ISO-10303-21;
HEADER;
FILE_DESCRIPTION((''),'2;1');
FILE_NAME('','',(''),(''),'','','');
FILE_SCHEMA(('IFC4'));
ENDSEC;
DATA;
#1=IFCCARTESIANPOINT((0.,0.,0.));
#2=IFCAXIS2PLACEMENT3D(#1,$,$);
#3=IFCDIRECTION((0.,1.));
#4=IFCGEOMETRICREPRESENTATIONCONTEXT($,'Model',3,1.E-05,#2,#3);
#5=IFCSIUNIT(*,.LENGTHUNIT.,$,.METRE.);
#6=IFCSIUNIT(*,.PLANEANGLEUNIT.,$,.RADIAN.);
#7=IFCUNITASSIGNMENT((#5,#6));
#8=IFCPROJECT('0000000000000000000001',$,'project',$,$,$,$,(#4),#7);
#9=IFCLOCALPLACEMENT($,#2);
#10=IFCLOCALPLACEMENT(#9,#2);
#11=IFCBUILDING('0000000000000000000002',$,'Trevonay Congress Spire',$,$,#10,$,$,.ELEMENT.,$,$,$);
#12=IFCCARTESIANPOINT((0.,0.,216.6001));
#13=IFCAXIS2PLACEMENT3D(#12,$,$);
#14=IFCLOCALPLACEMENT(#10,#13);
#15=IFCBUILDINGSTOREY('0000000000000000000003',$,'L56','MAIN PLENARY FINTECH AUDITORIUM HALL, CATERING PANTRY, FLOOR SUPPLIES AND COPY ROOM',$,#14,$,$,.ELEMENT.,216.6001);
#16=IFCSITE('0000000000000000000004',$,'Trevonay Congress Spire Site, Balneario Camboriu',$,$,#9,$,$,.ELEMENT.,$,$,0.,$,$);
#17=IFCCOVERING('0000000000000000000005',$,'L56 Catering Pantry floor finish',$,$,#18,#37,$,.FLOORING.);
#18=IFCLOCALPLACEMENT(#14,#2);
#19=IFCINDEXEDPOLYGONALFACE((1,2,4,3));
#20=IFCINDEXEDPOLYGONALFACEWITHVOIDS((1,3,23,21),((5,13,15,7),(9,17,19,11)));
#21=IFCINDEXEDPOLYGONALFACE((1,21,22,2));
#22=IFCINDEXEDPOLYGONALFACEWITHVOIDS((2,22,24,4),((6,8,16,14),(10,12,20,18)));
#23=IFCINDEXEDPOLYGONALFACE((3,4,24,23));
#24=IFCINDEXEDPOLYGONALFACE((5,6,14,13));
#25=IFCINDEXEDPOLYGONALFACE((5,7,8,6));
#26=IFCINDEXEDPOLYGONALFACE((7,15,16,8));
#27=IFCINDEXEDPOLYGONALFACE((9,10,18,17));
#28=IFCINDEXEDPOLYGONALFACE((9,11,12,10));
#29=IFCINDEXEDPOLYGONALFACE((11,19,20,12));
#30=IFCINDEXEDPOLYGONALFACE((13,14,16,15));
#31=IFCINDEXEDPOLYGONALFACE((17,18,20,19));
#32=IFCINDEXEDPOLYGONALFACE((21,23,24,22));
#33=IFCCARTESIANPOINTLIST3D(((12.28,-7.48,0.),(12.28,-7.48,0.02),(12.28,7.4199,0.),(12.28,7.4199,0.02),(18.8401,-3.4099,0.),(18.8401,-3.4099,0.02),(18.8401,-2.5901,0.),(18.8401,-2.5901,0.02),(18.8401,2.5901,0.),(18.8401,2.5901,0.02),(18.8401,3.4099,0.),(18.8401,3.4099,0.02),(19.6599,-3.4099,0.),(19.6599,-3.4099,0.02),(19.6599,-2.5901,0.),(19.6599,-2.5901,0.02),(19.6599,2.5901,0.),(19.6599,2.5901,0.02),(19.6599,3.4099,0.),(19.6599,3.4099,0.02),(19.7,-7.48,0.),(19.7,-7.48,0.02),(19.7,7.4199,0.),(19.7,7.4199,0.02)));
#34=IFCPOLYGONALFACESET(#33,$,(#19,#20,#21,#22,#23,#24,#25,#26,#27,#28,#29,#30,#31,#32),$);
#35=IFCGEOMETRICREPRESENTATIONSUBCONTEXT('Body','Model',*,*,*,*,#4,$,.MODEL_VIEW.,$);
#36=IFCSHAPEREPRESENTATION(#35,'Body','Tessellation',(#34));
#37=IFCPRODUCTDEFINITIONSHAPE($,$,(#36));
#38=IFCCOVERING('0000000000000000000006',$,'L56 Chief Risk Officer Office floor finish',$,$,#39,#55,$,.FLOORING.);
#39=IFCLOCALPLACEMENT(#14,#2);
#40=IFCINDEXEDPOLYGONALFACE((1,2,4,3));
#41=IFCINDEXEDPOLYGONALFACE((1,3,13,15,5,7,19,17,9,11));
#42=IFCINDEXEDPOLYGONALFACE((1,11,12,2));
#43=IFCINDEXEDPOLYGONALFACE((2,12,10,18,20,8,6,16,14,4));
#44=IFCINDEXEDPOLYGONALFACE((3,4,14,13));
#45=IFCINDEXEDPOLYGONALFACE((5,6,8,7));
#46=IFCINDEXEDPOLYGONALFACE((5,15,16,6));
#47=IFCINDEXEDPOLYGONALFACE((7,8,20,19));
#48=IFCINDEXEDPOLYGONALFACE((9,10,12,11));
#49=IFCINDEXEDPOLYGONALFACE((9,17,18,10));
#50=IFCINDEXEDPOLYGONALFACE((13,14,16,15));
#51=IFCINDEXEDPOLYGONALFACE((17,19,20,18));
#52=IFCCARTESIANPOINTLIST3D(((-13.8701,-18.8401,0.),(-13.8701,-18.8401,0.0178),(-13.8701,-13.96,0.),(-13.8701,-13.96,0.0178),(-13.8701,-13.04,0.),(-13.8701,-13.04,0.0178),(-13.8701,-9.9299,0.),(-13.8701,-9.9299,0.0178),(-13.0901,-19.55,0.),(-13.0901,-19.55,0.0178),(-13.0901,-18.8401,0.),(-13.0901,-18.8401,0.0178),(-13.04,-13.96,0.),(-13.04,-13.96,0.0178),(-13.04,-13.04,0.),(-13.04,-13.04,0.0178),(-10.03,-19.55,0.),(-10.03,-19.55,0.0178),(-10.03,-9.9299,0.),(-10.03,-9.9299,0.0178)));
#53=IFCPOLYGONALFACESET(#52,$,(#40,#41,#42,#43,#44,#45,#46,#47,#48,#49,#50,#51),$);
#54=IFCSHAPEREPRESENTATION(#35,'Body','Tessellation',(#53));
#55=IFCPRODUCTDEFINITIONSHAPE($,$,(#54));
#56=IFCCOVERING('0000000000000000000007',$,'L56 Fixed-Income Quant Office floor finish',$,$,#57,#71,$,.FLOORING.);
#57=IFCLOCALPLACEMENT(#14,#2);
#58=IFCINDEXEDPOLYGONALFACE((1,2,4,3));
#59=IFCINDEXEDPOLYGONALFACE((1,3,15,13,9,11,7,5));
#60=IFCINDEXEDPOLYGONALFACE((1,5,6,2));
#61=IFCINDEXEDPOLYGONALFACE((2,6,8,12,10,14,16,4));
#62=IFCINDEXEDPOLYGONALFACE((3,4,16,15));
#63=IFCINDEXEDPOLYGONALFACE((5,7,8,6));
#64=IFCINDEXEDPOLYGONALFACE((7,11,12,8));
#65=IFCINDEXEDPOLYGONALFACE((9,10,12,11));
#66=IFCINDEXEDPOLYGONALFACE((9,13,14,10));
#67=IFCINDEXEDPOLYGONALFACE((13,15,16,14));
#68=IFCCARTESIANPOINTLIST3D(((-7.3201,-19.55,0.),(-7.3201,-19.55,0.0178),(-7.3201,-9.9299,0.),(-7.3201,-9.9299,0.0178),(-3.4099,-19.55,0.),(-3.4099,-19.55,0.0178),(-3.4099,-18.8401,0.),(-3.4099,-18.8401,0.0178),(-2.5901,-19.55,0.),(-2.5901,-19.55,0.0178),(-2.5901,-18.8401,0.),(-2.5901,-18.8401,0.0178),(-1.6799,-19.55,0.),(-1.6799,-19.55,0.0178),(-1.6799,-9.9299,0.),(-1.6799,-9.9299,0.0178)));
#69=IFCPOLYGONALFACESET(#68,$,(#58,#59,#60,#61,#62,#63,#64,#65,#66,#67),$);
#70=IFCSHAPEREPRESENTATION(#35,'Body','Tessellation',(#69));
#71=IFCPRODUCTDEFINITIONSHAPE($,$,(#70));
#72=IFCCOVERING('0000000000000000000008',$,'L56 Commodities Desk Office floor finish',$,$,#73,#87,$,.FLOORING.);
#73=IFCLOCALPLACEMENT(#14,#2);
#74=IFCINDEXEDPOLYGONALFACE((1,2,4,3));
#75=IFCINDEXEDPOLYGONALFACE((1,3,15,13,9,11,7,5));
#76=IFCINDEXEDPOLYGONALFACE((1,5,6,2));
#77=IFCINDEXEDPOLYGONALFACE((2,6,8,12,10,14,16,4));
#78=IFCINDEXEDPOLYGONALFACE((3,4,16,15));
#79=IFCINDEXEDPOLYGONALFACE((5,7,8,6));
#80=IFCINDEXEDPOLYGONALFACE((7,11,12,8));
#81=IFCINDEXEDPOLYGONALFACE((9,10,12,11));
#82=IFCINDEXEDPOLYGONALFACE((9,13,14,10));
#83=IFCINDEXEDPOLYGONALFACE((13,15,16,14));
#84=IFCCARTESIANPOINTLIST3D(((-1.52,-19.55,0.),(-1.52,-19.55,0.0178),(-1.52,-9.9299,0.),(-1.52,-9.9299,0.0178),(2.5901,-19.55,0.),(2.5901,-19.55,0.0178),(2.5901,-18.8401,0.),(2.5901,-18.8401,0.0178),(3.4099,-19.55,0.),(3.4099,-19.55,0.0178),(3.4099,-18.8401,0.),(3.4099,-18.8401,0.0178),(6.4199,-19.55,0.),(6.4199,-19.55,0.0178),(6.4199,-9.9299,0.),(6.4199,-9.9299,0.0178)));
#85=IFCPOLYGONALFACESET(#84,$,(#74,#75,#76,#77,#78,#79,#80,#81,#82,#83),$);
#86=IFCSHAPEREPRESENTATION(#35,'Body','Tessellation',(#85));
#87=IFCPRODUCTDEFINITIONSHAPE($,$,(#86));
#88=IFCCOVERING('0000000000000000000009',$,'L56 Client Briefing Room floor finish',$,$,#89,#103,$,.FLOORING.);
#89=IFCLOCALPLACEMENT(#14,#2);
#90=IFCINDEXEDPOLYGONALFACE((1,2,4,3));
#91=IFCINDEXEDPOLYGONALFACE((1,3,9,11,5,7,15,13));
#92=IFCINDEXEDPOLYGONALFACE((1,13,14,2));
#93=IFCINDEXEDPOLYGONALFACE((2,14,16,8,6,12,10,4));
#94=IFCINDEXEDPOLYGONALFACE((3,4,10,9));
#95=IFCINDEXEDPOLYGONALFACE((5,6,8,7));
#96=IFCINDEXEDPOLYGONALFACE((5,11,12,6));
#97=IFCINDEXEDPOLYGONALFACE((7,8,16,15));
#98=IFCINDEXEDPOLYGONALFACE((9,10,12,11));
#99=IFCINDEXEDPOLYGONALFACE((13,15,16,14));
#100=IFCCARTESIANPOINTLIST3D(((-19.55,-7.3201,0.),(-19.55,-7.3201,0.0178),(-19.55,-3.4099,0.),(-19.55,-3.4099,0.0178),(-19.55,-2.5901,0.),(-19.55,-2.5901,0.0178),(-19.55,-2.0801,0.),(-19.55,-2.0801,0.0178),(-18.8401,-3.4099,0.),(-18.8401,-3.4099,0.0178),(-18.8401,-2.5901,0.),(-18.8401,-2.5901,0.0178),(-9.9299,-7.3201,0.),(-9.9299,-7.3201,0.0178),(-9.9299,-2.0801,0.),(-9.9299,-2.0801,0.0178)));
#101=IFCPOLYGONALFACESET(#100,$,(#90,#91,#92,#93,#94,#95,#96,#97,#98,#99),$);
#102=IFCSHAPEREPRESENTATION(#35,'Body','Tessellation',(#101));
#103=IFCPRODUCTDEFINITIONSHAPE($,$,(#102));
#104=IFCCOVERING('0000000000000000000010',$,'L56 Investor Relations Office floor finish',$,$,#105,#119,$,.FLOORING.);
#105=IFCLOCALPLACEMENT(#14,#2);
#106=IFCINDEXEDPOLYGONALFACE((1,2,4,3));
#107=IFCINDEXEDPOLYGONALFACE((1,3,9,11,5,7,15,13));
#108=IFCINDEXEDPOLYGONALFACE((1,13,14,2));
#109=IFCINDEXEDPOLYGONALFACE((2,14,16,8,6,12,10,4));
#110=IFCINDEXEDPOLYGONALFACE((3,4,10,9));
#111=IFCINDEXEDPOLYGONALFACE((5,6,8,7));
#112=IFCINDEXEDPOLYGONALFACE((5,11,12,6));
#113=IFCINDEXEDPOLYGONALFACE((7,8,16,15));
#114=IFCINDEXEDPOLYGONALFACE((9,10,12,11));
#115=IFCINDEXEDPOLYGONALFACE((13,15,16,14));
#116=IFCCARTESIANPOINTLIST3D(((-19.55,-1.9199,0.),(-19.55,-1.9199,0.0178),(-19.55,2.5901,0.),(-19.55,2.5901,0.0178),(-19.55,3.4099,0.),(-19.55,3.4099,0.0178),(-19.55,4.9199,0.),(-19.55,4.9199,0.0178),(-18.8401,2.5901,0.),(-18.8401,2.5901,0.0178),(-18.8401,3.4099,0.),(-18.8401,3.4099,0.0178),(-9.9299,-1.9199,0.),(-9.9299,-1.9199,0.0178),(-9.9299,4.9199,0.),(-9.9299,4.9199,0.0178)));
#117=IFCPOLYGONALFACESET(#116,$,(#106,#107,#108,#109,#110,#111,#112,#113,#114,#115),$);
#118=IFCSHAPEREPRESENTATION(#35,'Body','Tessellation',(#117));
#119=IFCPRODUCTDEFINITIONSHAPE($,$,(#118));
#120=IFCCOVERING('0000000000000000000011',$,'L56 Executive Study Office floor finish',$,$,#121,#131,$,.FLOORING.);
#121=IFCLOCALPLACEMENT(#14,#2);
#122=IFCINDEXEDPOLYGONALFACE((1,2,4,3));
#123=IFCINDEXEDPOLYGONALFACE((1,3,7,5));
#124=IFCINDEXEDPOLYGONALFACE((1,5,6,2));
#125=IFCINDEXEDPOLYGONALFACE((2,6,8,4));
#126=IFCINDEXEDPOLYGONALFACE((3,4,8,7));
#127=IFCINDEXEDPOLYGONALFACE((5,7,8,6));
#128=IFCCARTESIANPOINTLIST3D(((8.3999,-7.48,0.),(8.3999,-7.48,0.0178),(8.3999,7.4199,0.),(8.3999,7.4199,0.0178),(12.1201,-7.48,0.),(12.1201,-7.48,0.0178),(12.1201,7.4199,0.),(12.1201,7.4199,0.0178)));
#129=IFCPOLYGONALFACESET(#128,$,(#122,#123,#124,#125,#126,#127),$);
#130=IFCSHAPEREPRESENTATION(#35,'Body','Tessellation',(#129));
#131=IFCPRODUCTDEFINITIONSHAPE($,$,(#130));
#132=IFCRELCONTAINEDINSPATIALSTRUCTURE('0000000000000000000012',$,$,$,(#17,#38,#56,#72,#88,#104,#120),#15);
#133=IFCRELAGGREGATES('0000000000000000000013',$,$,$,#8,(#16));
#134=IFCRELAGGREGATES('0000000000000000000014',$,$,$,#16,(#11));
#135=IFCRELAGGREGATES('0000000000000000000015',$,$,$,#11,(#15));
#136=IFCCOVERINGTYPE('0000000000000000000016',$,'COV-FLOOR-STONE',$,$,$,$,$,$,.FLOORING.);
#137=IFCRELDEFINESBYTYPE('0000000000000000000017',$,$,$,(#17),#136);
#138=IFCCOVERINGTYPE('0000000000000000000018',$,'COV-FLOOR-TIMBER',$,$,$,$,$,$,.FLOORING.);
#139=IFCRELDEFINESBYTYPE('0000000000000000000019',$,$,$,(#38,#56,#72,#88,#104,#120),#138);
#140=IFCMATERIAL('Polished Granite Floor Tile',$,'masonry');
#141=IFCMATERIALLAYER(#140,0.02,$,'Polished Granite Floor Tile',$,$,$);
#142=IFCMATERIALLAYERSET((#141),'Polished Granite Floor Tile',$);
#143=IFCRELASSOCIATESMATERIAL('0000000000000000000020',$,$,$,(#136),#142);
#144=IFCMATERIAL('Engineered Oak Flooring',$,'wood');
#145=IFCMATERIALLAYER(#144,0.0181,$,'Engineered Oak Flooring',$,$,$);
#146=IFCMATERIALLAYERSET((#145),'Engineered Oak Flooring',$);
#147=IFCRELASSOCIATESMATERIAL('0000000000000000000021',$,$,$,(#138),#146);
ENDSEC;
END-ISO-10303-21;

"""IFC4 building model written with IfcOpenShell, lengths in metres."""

from ifc_helpers import new_model, si_unit, direction, frame, origin, place, context, subcontext, project, spatial, polyline, outline, extrude, material, layer, layer_set, type_object, element, save


model = new_model("IFC4")

# Units and contexts
model_context = context("Model", 3, precision=1e-05, world=origin(), true_north=direction((0.0, 1.0)))
body_context = subcontext(model_context, "Body", "Model", "MODEL_VIEW")
ifc_project = project(units=[si_unit("LENGTHUNIT", "METRE"), si_unit("PLANEANGLEUNIT", "RADIAN")], contexts=[model_context])

# Site, building, storey
site_placement = place(None, origin())
site = spatial("IfcSite", under=ifc_project, at=site_placement, Name="Trevonay Congress Spire Site, Balneario Camboriu", CompositionType="ELEMENT", RefElevation=0.0)
building_placement = place(site_placement, origin())
building = spatial("IfcBuilding", under=site, at=building_placement, Name="Trevonay Congress Spire", CompositionType="ELEMENT")
storey_placement = place(building_placement, frame((0.0, 0.0, 216.6001)))
storey = spatial("IfcBuildingStorey", under=building, at=storey_placement, Name="L56", Description="MAIN PLENARY FINTECH AUDITORIUM HALL, CATERING PANTRY, FLOOR SUPPLIES AND COPY ROOM", CompositionType="ELEMENT", Elevation=216.6001)

# Coverings
ifc_material_1 = material(Name="Polished Granite Floor Tile", Category="masonry")
ifc_layer_1 = layer(ifc_material_1, 0.02, Name="Polished Granite Floor Tile")
ifc_layer_set_1 = layer_set([ifc_layer_1], Name="Polished Granite Floor Tile")
covering_type_1 = type_object("IfcCoveringType", Name="COV-FLOOR-STONE", PredefinedType="FLOORING", material=ifc_layer_set_1)
covering_1_placement = place(storey_placement, origin())
element("IfcCovering", 1, at=covering_1_placement, inside=storey, type_object=covering_type_1, Name="L56 Catering Pantry floor finish", PredefinedType="FLOORING", context=body_context, shape_type="SweptSolid", body=[
    extrude(outline(polyline([(12.28, 7.4199), (19.7, 7.4199), (19.7, -7.48), (12.28, -7.48), (12.28, 7.4199)]), holes=[polyline([(18.8401, -3.4099), (19.6599, -3.4099), (19.6599, -2.5901), (18.8401, -2.5901), (18.8401, -3.4099)]), polyline([(18.8401, 2.5901), (19.6599, 2.5901), (19.6599, 3.4099), (18.8401, 3.4099), (18.8401, 2.5901)])]), origin(), (0.0, 0.0, 1.0), 0.02),
])
ifc_material_2 = material(Name="Engineered Oak Flooring", Category="wood")
ifc_layer_2 = layer(ifc_material_2, 0.0181, Name="Engineered Oak Flooring")
ifc_layer_set_2 = layer_set([ifc_layer_2], Name="Engineered Oak Flooring")
covering_type_2 = type_object("IfcCoveringType", Name="COV-FLOOR-TIMBER", PredefinedType="FLOORING", material=ifc_layer_set_2)
covering_2_placement = place(storey_placement, origin())
element("IfcCovering", 2, at=covering_2_placement, inside=storey, type_object=covering_type_2, Name="L56 Chief Risk Officer Office floor finish", PredefinedType="FLOORING", context=body_context, shape_type="SweptSolid", body=[
    extrude(outline(polyline([(-13.8701, -9.9299), (-10.03, -9.9299), (-10.03, -19.55), (-13.0901, -19.55), (-13.0901, -18.8401), (-13.8701, -18.8401), (-13.8701, -13.96), (-13.04, -13.96), (-13.04, -13.04), (-13.8701, -13.04), (-13.8701, -9.9299)])), origin(), (0.0, 0.0, 1.0), 0.0178),
])
covering_3_placement = place(storey_placement, origin())
element("IfcCovering", 3, at=covering_3_placement, inside=storey, type_object=covering_type_2, Name="L56 Fixed-Income Quant Office floor finish", PredefinedType="FLOORING", context=body_context, shape_type="SweptSolid", body=[
    extrude(outline(polyline([(-7.3201, -19.55), (-7.3201, -9.9299), (-1.6799, -9.9299), (-1.6799, -19.55), (-2.5901, -19.55), (-2.5901, -18.8401), (-3.4099, -18.8401), (-3.4099, -19.55), (-7.3201, -19.55)])), origin(), (0.0, 0.0, 1.0), 0.0178),
])
covering_4_placement = place(storey_placement, origin())
element("IfcCovering", 4, at=covering_4_placement, inside=storey, type_object=covering_type_2, Name="L56 Commodities Desk Office floor finish", PredefinedType="FLOORING", context=body_context, shape_type="SweptSolid", body=[
    extrude(outline(polyline([(-1.52, -19.55), (-1.52, -9.9299), (6.4199, -9.9299), (6.4199, -19.55), (3.4099, -19.55), (3.4099, -18.8401), (2.5901, -18.8401), (2.5901, -19.55), (-1.52, -19.55)])), origin(), (0.0, 0.0, 1.0), 0.0178),
])
covering_5_placement = place(storey_placement, origin())
element("IfcCovering", 5, at=covering_5_placement, inside=storey, type_object=covering_type_2, Name="L56 Client Briefing Room floor finish", PredefinedType="FLOORING", context=body_context, shape_type="SweptSolid", body=[
    extrude(outline(polyline([(-19.55, -2.0801), (-9.9299, -2.0801), (-9.9299, -7.3201), (-19.55, -7.3201), (-19.55, -3.4099), (-18.8401, -3.4099), (-18.8401, -2.5901), (-19.55, -2.5901), (-19.55, -2.0801)])), origin(), (0.0, 0.0, 1.0), 0.0178),
])
covering_6_placement = place(storey_placement, origin())
element("IfcCovering", 6, at=covering_6_placement, inside=storey, type_object=covering_type_2, Name="L56 Investor Relations Office floor finish", PredefinedType="FLOORING", context=body_context, shape_type="SweptSolid", body=[
    extrude(outline(polyline([(-19.55, 4.9199), (-9.9299, 4.9199), (-9.9299, -1.9199), (-19.55, -1.9199), (-19.55, 2.5901), (-18.8401, 2.5901), (-18.8401, 3.4099), (-19.55, 3.4099), (-19.55, 4.9199)])), origin(), (0.0, 0.0, 1.0), 0.0178),
])
covering_7_placement = place(storey_placement, origin())
element("IfcCovering", 7, at=covering_7_placement, inside=storey, type_object=covering_type_2, Name="L56 Executive Study Office floor finish", PredefinedType="FLOORING", context=body_context, shape_type="SweptSolid", body=[
    extrude(outline(polyline([(8.3999, -7.48), (12.1201, -7.48), (12.1201, 7.4199), (8.3999, 7.4199), (8.3999, -7.48)])), origin(), (0.0, 0.0, 1.0), 0.0178),
])

save(model, "model.ifc")
